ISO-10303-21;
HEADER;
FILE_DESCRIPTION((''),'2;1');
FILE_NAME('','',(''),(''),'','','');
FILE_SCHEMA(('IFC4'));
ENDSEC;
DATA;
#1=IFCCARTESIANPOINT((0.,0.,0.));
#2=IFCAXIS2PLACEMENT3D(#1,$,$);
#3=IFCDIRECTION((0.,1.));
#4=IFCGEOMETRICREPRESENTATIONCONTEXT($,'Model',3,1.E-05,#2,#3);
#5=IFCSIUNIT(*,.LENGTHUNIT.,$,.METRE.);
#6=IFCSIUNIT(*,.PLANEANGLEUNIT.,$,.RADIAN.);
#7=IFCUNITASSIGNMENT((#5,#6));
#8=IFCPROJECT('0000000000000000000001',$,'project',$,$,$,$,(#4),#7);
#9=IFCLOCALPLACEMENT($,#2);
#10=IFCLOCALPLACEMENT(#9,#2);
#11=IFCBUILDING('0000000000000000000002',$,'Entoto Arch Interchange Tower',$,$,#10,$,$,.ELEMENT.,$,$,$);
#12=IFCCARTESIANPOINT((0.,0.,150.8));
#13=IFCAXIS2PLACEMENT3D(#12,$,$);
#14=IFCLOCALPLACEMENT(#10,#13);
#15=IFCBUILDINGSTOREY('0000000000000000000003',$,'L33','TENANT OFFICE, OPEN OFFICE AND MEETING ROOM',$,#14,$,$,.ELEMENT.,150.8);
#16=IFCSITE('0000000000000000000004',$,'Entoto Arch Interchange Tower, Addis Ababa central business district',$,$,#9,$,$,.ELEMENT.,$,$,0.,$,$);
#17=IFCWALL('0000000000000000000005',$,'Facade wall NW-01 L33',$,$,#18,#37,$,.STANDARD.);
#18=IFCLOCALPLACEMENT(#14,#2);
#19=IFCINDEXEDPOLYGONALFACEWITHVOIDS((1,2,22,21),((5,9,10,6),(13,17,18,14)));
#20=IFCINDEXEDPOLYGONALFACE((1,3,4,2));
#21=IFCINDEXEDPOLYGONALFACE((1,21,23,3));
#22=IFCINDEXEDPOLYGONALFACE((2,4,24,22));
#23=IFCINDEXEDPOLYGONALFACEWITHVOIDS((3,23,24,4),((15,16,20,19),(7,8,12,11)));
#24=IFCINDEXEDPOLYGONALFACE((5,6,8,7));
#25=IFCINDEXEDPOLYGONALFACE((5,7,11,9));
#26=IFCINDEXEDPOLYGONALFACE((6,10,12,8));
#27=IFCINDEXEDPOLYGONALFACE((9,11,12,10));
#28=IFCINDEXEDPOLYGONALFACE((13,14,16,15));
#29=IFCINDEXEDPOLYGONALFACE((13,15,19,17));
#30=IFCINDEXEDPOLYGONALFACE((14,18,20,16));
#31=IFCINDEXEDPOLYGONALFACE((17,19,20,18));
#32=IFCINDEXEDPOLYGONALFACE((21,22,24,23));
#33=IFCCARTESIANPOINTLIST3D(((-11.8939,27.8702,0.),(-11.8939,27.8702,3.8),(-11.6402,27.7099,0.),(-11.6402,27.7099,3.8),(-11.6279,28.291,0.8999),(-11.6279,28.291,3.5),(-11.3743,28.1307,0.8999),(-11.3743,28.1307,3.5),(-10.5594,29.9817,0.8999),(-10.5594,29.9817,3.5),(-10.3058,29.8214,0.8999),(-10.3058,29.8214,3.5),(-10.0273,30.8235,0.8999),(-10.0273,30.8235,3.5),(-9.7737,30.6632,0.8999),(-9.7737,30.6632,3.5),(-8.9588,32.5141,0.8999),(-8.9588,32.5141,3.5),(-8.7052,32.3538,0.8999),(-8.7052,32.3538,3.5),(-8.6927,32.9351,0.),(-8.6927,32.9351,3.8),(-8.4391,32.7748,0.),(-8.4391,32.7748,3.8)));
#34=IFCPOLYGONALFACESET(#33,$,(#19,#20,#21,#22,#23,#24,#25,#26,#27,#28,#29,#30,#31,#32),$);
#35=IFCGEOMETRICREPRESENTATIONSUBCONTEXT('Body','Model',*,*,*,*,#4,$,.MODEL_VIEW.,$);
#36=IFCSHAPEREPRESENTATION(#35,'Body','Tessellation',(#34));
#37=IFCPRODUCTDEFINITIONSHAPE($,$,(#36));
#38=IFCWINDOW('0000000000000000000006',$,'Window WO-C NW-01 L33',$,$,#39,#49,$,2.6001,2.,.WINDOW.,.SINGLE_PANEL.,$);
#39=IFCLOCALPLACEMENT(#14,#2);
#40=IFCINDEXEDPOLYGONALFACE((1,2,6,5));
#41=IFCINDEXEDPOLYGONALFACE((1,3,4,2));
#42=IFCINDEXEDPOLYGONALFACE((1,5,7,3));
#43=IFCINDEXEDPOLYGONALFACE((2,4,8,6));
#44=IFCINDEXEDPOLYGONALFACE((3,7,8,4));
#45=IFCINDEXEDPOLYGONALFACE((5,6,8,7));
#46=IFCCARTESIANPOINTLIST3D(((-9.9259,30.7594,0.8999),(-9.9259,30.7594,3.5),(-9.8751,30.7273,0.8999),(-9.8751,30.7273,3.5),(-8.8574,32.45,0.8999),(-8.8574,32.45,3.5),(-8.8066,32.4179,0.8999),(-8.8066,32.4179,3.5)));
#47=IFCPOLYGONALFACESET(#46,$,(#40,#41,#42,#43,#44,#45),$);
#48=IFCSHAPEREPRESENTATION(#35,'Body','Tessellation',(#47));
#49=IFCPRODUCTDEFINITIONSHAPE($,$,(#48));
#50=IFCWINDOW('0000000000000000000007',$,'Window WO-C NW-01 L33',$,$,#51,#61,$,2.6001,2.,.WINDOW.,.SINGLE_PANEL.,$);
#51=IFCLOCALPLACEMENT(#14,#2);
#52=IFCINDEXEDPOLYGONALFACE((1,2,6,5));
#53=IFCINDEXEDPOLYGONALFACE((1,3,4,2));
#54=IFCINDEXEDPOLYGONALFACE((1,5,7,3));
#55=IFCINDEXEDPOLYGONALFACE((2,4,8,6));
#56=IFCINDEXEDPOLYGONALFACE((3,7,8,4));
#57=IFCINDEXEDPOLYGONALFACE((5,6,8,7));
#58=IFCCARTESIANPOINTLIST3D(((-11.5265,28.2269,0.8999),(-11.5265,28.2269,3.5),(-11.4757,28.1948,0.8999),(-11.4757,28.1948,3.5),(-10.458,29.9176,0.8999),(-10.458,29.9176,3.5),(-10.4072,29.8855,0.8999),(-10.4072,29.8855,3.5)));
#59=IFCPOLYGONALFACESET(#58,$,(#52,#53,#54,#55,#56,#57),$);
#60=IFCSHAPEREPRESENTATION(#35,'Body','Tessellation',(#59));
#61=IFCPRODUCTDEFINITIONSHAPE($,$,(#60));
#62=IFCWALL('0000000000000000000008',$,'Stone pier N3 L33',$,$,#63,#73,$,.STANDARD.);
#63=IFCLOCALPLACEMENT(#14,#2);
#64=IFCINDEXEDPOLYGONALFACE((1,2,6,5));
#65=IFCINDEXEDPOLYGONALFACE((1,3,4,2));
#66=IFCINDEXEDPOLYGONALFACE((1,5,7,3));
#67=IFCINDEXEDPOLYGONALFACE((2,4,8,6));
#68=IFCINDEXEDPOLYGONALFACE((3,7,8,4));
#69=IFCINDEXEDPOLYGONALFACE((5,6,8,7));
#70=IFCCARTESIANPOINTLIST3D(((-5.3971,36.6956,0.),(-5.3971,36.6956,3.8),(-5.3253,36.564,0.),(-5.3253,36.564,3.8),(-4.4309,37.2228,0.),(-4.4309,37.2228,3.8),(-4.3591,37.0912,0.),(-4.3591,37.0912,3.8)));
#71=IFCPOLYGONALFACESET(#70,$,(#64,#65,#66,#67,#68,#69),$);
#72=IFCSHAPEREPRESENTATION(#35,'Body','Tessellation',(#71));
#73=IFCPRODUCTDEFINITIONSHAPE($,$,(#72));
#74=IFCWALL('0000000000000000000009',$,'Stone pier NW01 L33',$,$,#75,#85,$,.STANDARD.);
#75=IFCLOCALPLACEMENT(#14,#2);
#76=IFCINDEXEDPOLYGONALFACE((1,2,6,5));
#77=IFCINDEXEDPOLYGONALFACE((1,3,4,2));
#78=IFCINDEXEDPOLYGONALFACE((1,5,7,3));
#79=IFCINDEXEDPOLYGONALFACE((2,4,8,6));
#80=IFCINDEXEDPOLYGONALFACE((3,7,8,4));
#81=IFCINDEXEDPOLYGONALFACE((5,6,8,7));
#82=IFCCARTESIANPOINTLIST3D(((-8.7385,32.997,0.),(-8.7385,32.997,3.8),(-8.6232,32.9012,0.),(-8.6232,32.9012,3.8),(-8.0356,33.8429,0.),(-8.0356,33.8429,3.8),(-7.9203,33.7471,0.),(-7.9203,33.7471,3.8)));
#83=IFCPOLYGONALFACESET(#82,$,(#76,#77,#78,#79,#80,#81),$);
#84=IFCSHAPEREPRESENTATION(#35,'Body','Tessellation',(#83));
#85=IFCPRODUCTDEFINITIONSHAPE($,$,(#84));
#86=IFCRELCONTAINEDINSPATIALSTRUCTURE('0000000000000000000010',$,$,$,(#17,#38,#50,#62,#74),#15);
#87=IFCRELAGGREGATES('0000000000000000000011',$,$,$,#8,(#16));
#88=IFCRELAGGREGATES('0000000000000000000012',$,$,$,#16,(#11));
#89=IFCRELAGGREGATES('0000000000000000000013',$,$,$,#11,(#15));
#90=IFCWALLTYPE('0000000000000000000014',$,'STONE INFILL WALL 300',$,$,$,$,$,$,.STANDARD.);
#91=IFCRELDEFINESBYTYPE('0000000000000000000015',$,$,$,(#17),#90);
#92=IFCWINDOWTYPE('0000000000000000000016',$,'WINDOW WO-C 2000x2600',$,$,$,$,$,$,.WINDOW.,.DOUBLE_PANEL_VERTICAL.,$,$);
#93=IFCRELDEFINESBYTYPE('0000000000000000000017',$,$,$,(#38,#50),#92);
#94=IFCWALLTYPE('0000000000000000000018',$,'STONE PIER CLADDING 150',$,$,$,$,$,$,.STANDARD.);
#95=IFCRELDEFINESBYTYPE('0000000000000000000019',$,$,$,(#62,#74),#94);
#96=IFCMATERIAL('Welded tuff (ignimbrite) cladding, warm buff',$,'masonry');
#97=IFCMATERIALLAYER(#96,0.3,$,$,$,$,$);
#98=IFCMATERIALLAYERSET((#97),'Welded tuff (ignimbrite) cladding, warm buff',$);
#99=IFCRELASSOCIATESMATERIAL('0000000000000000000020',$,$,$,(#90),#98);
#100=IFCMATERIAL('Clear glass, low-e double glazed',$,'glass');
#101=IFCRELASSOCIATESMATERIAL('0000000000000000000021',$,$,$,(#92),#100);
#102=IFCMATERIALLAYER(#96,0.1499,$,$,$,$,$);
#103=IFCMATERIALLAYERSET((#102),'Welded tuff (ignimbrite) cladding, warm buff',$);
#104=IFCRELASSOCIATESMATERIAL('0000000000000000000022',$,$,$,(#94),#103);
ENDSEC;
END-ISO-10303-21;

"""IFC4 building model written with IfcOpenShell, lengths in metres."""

from ifc_helpers import new_model, si_unit, direction, frame, frame_2d, origin, place, context, subcontext, project, spatial, rectangle, extrude, material, layer, layer_set, type_object, element, fill, save


model = new_model("IFC4")

# Units and contexts
model_context = context("Model", 3, precision=1e-05, world=origin(), true_north=direction((0.0, 1.0)))
body_context = subcontext(model_context, "Body", "Model", "MODEL_VIEW")
ifc_project = project(units=[si_unit("LENGTHUNIT", "METRE"), si_unit("PLANEANGLEUNIT", "RADIAN")], contexts=[model_context])

# Site, building, storey
site_placement = place(None, origin())
site = spatial("IfcSite", under=ifc_project, at=site_placement, Name="Entoto Arch Interchange Tower, Addis Ababa central business district", CompositionType="ELEMENT", RefElevation=0.0)
building_placement = place(site_placement, origin())
building = spatial("IfcBuilding", under=site, at=building_placement, Name="Entoto Arch Interchange Tower", CompositionType="ELEMENT")
storey_placement = place(building_placement, frame((0.0, 0.0, 150.8)))
storey = spatial("IfcBuildingStorey", under=building, at=storey_placement, Name="L33", Description="TENANT OFFICE, OPEN OFFICE AND MEETING ROOM", CompositionType="ELEMENT", Elevation=150.8)

# Shared definitions
ifc_material_1 = material(Name="Welded tuff (ignimbrite) cladding, warm buff", Category="masonry")
ifc_layer_1 = layer(ifc_material_1, 0.3)
ifc_layer_set_1 = layer_set([ifc_layer_1], Name="Welded tuff (ignimbrite) cladding, warm buff")
wall_type_1 = type_object("IfcWallType", Name="STONE INFILL WALL 300", PredefinedType="STANDARD", material=ifc_layer_set_1)
ifc_material_2 = material(Name="Clear glass, low-e double glazed", Category="glass")

# Wall, openings, windows
wall_1_placement = place(storey_placement, frame((-8.5659, 32.855, 0.0), z_axis=(0.0, 0.0, 1.0), x_axis=(-0.534263, -0.845318, 0.0)))
wall_1 = element("IfcWall", 1, at=wall_1_placement, inside=storey, type_object=wall_type_1, Name="Facade wall NW-01 L33", PredefinedType="STANDARD", context=body_context, shape_type="SweptSolid", body=[
    extrude(rectangle(XDim=5.9917, YDim=0.3, at=frame_2d((2.9958, 0.0))), origin(), (0.0, 0.0, 1.0), 3.8),
])
opening_1_placement = place(wall_1_placement, frame((0.498, 0.0, 0.8999)))
opening_1 = element("IfcOpeningElement", 2, at=opening_1_placement, cuts=wall_1, PredefinedType="OPENING", context=body_context, shape_type="SweptSolid", body=[
    extrude(rectangle(XDim=2.0, YDim=2.6001, at=frame_2d((1.0, 1.3))), frame((0.0, 0.1602, 0.0), z_axis=(0.0, -1.0, 0.0), x_axis=(1.0, 0.0, 0.0)), (0.0, 0.0, 1.0), 0.3201),
])
opening_2_placement = place(wall_1_placement, frame((3.4939, 0.0, 0.8999)))
opening_2 = element("IfcOpeningElement", 3, at=opening_2_placement, cuts=wall_1, PredefinedType="OPENING", context=body_context, shape_type="SweptSolid", body=[
    extrude(rectangle(XDim=2.0, YDim=2.6001, at=frame_2d((1.0, 1.3))), frame((0.0, 0.1602, 0.0), z_axis=(0.0, -1.0, 0.0), x_axis=(1.0, 0.0, 0.0)), (0.0, 0.0, 1.0), 0.3201),
])
window_type_1 = type_object("IfcWindowType", Name="WINDOW WO-C 2000x2600", PartitioningType="DOUBLE_PANEL_VERTICAL", PredefinedType="WINDOW", material=ifc_material_2)
window_1_placement = place(opening_1_placement, origin())
window_1 = element("IfcWindow", 4, at=window_1_placement, inside=storey, type_object=window_type_1, Name="Window WO-C NW-01 L33", OverallHeight=2.6001, OverallWidth=2.0, PartitioningType="SINGLE_PANEL", PredefinedType="WINDOW", context=body_context, shape_type="SweptSolid", body=[
    extrude(rectangle(XDim=2.0, YDim=2.6001, at=frame_2d((1.0, 1.3))), frame((0.0, 0.03, 0.0), z_axis=(0.0, -1.0, 0.0), x_axis=(1.0, 0.0, 0.0)), (0.0, 0.0, 1.0), 0.0601),
])
fill(opening_1, window_1)
window_2_placement = place(opening_2_placement, origin())
window_2 = element("IfcWindow", 5, at=window_2_placement, inside=storey, type_object=window_type_1, Name="Window WO-C NW-01 L33", OverallHeight=2.6001, OverallWidth=2.0, PartitioningType="SINGLE_PANEL", PredefinedType="WINDOW", context=body_context, shape_type="SweptSolid", body=[
    extrude(rectangle(XDim=2.0, YDim=2.6001, at=frame_2d((1.0, 1.3))), frame((0.0, 0.03, 0.0), z_axis=(0.0, -1.0, 0.0), x_axis=(1.0, 0.0, 0.0)), (0.0, 0.0, 1.0), 0.0601),
])
fill(opening_2, window_2)

# Walls
ifc_layer_2 = layer(ifc_material_1, 0.1499)
ifc_layer_set_2 = layer_set([ifc_layer_2], Name="Welded tuff (ignimbrite) cladding, warm buff")
wall_type_2 = type_object("IfcWallType", Name="STONE PIER CLADDING 150", PredefinedType="STANDARD", material=ifc_layer_set_2)
wall_2_placement = place(storey_placement, frame((-4.395, 37.157, 0.0), z_axis=(0.0, 0.0, 1.0), x_axis=(-0.877836, -0.478961, 0.0)))
element("IfcWall", 6, at=wall_2_placement, inside=storey, type_object=wall_type_2, Name="Stone pier N3 L33", PredefinedType="STANDARD", context=body_context, shape_type="SweptSolid", body=[
    extrude(rectangle(XDim=1.1006, YDim=0.1499, at=frame_2d((0.5503, 0.0))), origin(), (0.0, 0.0, 1.0), 3.8),
])
wall_3_placement = place(storey_placement, frame((-7.978, 33.7949, 0.0), z_axis=(0.0, 0.0, 1.0), x_axis=(-0.63907, -0.769148, 0.0)))
element("IfcWall", 7, at=wall_3_placement, inside=storey, type_object=wall_type_2, Name="Stone pier NW01 L33", PredefinedType="STANDARD", context=body_context, shape_type="SweptSolid", body=[
    extrude(rectangle(XDim=1.0999, YDim=0.1499, at=frame_2d((0.5498, 0.0))), origin(), (0.0, 0.0, 1.0), 3.8),
])

save(model, "model.ifc")
